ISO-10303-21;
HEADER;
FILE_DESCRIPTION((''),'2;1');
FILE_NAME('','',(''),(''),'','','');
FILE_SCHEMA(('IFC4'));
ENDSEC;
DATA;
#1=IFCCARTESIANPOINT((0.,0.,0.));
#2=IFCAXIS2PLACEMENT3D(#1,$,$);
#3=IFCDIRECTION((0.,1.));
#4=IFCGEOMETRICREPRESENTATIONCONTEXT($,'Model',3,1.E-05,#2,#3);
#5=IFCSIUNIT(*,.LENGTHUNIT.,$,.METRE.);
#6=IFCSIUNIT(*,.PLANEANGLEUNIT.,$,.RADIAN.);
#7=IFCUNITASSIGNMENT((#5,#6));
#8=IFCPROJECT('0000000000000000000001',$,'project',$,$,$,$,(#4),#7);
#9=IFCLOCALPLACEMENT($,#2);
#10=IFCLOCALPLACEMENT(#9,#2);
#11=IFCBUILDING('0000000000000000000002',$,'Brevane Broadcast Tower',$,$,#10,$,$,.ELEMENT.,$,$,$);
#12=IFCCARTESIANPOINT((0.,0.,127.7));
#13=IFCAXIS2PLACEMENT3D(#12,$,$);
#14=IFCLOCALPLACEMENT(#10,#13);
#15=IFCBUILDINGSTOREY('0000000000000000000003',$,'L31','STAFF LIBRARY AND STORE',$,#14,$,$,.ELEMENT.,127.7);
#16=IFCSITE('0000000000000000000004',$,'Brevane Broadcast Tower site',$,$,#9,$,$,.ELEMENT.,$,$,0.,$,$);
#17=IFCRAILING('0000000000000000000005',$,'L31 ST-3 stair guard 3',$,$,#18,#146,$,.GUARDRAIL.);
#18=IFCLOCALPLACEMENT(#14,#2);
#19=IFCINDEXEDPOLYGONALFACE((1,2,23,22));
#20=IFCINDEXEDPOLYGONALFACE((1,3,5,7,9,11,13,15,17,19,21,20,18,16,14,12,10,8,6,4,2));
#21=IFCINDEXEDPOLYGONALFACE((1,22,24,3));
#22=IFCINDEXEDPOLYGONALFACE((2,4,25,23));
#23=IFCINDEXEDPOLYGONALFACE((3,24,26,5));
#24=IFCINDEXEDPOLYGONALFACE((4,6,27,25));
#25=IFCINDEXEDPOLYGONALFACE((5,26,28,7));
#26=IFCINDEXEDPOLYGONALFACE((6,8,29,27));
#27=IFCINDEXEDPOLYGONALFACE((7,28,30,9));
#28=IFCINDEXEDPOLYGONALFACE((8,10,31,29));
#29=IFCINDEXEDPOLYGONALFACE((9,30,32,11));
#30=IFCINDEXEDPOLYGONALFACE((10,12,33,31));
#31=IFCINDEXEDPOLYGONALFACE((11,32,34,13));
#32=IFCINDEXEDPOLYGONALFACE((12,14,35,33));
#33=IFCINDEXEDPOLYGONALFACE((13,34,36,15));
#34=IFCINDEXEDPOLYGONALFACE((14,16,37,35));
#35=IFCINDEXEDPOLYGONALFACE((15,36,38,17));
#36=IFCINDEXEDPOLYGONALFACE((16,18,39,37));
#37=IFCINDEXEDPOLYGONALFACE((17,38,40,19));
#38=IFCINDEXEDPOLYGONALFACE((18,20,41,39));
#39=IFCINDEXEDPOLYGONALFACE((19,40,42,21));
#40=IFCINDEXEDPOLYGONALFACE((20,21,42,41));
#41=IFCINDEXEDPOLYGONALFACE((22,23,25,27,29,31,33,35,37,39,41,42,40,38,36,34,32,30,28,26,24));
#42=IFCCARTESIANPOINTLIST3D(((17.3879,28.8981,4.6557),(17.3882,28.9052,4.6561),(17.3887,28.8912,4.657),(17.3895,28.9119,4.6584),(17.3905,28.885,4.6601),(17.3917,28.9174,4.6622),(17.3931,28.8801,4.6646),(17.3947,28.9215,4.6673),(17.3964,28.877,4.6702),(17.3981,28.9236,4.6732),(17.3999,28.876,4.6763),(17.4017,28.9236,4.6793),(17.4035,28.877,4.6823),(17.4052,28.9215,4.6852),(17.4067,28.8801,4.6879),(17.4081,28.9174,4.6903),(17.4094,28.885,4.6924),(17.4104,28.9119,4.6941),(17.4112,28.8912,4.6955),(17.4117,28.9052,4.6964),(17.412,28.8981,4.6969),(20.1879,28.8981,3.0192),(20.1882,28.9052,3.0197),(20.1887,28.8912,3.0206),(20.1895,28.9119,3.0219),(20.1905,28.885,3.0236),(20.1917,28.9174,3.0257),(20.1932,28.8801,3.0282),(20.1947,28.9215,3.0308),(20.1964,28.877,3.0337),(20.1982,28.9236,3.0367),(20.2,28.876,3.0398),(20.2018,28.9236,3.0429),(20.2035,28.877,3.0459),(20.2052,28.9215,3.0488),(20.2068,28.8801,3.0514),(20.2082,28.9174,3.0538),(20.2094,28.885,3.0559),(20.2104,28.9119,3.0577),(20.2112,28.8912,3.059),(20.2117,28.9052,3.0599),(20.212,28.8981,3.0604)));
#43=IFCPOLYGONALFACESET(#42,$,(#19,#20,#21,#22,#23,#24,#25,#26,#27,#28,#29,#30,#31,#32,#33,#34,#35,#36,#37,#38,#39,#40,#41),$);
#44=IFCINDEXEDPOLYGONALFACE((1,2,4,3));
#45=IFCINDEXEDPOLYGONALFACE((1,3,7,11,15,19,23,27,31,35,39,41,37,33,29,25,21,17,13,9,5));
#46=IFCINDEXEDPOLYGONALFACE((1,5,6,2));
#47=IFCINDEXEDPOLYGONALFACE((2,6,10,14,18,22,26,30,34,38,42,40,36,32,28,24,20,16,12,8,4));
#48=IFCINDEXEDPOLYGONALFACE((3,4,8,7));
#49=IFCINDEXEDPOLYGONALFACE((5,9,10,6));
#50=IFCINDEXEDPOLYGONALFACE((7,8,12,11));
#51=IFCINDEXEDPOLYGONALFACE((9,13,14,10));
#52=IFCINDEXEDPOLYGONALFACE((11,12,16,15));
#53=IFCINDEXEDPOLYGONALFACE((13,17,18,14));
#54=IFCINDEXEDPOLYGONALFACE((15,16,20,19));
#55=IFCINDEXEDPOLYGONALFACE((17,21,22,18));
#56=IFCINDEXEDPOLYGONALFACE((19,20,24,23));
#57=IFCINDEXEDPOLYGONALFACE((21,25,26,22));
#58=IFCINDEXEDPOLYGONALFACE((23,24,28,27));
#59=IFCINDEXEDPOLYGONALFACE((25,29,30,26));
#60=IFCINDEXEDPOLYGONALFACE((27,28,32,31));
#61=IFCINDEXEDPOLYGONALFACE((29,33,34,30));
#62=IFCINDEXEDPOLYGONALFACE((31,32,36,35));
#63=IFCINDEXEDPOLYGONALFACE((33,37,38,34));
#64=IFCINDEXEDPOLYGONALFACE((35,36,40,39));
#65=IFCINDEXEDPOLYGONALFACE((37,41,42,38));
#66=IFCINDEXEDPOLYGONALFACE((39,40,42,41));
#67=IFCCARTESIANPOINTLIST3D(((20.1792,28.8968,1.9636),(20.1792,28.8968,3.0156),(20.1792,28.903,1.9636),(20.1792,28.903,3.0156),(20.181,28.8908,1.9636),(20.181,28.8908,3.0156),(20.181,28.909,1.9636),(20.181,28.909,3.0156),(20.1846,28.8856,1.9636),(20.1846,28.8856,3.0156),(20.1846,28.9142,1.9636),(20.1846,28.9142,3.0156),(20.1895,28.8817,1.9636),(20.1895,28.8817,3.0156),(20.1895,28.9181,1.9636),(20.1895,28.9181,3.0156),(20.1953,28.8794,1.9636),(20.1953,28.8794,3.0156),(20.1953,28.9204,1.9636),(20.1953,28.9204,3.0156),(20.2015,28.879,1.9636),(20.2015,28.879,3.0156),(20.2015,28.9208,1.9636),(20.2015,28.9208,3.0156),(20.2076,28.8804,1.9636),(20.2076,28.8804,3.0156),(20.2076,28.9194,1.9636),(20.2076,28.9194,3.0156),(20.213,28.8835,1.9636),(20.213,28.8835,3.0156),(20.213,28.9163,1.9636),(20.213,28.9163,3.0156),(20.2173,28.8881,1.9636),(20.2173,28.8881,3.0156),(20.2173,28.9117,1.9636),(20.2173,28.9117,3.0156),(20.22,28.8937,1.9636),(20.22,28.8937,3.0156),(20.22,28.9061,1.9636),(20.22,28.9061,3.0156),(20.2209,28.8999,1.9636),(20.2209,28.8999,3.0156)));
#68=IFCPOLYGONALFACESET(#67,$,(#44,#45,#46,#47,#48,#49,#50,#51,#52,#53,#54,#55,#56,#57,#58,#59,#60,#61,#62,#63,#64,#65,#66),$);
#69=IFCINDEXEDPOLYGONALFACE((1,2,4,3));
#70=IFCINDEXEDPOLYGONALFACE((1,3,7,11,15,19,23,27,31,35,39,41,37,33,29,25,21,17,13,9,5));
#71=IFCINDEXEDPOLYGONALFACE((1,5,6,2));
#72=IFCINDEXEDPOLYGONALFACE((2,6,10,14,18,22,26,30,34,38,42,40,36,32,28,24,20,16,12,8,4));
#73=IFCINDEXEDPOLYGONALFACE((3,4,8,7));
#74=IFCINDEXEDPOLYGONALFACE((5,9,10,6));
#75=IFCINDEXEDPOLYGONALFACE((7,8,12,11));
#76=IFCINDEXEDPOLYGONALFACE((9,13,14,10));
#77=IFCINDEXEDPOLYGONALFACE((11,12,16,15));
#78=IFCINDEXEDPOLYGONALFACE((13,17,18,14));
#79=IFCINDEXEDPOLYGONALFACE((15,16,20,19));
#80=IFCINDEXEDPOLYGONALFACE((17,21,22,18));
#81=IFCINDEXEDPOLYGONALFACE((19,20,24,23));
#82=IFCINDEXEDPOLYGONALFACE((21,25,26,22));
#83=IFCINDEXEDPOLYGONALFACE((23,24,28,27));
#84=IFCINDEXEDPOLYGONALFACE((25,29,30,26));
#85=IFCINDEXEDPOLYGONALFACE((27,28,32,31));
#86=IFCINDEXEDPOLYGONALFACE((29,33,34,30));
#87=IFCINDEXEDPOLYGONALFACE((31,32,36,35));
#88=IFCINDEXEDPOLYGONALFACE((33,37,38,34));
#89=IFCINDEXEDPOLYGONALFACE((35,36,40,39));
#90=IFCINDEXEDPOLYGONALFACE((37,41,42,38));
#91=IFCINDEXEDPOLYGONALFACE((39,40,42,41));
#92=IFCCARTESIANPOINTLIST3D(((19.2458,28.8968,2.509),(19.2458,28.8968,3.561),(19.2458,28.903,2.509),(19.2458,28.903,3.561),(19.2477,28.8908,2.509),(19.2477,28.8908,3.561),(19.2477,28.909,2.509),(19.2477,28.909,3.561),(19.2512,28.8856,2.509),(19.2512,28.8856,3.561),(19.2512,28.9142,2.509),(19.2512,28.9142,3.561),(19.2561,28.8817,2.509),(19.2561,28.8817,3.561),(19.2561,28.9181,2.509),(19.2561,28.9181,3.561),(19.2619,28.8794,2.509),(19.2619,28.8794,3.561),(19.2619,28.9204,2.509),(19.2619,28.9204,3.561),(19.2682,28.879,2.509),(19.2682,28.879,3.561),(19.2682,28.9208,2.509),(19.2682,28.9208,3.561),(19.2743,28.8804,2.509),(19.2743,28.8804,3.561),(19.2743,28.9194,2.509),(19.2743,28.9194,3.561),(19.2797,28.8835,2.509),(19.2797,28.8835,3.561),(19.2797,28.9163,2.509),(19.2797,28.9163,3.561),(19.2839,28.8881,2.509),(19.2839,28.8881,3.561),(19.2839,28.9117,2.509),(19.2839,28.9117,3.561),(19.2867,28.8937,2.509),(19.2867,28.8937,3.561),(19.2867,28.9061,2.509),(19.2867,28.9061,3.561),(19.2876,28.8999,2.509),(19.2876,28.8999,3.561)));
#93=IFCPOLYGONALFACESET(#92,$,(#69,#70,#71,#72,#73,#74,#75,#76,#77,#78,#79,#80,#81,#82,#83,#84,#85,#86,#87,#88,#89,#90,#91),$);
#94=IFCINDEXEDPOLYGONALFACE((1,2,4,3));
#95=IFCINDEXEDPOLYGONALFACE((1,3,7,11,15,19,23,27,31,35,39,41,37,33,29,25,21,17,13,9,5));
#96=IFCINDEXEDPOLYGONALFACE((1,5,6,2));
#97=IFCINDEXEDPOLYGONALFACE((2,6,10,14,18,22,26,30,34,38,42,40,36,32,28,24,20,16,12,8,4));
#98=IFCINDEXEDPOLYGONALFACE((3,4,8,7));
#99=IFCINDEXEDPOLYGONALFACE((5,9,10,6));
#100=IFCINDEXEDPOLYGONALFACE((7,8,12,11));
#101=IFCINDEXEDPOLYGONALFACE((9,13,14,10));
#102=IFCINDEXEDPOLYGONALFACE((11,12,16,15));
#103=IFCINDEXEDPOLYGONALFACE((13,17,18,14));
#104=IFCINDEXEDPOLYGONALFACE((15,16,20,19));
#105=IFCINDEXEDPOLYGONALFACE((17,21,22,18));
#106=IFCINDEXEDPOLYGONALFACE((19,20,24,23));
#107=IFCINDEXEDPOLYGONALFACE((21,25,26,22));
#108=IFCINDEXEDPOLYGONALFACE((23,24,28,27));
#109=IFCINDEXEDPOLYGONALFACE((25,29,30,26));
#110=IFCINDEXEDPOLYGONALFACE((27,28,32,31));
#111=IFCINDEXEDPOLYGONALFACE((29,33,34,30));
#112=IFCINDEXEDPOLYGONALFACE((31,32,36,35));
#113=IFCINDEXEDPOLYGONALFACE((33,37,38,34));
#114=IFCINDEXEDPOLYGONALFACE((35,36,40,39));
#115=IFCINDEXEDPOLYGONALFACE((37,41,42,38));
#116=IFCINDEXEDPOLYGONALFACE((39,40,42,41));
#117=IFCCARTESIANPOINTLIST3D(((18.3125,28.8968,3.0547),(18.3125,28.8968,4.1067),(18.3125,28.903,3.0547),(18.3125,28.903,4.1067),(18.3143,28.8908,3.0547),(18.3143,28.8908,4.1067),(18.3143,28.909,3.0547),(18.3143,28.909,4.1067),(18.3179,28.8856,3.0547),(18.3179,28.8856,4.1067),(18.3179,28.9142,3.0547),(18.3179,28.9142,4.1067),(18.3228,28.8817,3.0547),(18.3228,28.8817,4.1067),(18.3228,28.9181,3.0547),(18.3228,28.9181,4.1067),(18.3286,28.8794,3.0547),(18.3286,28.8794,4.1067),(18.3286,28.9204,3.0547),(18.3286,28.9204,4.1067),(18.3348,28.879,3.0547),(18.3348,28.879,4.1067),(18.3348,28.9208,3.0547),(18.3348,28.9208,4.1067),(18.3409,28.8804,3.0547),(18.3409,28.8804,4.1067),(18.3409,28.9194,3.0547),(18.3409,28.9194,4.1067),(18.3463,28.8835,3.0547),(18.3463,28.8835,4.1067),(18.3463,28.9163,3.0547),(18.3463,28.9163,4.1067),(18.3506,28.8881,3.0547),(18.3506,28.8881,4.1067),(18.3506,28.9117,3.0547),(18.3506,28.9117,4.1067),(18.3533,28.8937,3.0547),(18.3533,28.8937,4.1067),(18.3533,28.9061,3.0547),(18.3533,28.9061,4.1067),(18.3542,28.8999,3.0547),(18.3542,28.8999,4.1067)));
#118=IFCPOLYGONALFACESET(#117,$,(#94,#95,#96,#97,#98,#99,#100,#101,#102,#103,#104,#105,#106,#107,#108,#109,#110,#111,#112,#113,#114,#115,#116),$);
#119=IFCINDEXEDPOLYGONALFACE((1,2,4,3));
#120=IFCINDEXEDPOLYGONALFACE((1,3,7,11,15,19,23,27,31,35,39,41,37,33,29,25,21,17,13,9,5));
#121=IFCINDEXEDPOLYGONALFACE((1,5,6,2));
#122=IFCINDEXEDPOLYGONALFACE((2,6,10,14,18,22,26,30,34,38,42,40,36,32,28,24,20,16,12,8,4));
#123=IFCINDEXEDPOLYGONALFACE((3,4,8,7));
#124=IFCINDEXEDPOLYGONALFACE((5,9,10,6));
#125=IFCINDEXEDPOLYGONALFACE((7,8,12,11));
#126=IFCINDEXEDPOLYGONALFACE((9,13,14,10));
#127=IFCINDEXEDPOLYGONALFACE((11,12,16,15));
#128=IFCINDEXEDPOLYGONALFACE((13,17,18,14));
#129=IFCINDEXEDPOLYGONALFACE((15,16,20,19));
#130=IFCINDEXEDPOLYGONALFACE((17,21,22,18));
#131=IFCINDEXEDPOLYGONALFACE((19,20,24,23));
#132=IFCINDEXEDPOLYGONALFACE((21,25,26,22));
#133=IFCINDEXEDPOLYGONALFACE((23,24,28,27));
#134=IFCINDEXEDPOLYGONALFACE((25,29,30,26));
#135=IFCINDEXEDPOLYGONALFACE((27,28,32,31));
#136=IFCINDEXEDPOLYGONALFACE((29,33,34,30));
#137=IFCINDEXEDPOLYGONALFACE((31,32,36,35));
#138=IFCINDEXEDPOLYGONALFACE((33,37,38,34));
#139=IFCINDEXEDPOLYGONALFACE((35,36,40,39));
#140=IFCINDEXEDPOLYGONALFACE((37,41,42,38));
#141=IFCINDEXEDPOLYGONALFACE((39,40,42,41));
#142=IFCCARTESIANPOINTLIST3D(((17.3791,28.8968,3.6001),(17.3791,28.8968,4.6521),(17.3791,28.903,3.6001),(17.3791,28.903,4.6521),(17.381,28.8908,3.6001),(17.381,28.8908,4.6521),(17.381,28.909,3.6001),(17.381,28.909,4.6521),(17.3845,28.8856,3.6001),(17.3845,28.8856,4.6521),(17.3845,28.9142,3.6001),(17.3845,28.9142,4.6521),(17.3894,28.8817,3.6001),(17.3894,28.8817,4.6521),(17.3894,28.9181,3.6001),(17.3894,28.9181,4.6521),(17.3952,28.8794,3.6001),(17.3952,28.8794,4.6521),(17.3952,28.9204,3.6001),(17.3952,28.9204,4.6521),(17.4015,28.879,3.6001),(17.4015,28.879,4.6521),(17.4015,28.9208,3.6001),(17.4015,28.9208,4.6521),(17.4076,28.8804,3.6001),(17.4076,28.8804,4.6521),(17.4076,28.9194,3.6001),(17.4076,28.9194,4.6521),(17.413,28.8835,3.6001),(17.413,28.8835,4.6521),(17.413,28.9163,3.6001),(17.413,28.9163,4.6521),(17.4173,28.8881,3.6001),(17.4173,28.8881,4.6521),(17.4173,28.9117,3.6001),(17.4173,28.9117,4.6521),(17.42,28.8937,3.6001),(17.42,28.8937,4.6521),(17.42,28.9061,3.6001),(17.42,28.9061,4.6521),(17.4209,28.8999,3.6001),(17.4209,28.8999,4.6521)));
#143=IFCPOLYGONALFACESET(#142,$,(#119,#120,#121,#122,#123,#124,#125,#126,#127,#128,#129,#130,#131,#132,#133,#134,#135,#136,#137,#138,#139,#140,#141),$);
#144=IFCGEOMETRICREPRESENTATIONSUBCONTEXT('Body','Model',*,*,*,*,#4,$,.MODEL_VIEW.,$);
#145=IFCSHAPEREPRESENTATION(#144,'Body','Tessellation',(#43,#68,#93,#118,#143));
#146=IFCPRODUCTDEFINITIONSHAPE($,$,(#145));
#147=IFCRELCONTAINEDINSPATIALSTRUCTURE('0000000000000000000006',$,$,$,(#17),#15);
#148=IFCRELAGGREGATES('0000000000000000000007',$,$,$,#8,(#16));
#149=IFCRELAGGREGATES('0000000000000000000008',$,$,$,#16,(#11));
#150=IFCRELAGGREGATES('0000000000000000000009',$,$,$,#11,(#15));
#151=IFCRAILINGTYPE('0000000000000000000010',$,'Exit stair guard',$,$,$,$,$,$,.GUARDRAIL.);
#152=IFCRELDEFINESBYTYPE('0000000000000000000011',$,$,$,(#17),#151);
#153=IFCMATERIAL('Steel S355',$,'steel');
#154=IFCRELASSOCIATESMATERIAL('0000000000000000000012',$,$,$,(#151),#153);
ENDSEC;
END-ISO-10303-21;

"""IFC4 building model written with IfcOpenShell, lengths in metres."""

from ifc_helpers import new_model, si_unit, direction, frame, origin, origin_2d, place, context, subcontext, project, spatial, circle, extrude, material, type_object, element, save


model = new_model("IFC4")

# Units and contexts
model_context = context("Model", 3, precision=1e-05, world=origin(), true_north=direction((0.0, 1.0)))
body_context = subcontext(model_context, "Body", "Model", "MODEL_VIEW")
ifc_project = project(units=[si_unit("LENGTHUNIT", "METRE"), si_unit("PLANEANGLEUNIT", "RADIAN")], contexts=[model_context])

# Site, building, storey
site_placement = place(None, origin())
site = spatial("IfcSite", under=ifc_project, at=site_placement, Name="Brevane Broadcast Tower site", CompositionType="ELEMENT", RefElevation=0.0)
building_placement = place(site_placement, origin())
building = spatial("IfcBuilding", under=site, at=building_placement, Name="Brevane Broadcast Tower", CompositionType="ELEMENT")
storey_placement = place(building_placement, frame((0.0, 0.0, 127.7)))
storey = spatial("IfcBuildingStorey", under=building, at=storey_placement, Name="L31", Description="STAFF LIBRARY AND STORE", CompositionType="ELEMENT", Elevation=127.7)

# Railing
ifc_material_1 = material(Name="Steel S355", Category="steel")
railing_type_1 = type_object("IfcRailingType", Name="Exit stair guard", PredefinedType="GUARDRAIL", material=ifc_material_1)
railing_1_placement = place(storey_placement, frame((20.2, 28.8999, 1.9636)))
element("IfcRailing", 1, at=railing_1_placement, inside=storey, type_object=railing_type_1, Name="L31 ST-3 stair guard 3", PredefinedType="GUARDRAIL", context=body_context, shape_type="SweptSolid", body=[
    extrude(circle(Radius=0.0239, at=origin_2d()), frame((0.0, 0.0, 1.0762), z_axis=(-0.863361, 0.0, 0.504587), x_axis=(0.0, -1.0, 0.0)), (0.0, 0.0, 1.0), 3.2432),
    extrude(circle(Radius=0.021, at=origin_2d()), origin(), (0.0, 0.0, 1.0), 1.052),
    extrude(circle(Radius=0.021, at=origin_2d()), frame((-0.9333, 0.0, 0.5454)), (0.0, 0.0, 1.0), 1.052),
    extrude(circle(Radius=0.021, at=origin_2d()), frame((-1.8667, 0.0, 1.0911)), (0.0, 0.0, 1.0), 1.052),
    extrude(circle(Radius=0.021, at=origin_2d()), frame((-2.8, 0.0, 1.6365)), (0.0, 0.0, 1.0), 1.052),
])

save(model, "model.ifc")
